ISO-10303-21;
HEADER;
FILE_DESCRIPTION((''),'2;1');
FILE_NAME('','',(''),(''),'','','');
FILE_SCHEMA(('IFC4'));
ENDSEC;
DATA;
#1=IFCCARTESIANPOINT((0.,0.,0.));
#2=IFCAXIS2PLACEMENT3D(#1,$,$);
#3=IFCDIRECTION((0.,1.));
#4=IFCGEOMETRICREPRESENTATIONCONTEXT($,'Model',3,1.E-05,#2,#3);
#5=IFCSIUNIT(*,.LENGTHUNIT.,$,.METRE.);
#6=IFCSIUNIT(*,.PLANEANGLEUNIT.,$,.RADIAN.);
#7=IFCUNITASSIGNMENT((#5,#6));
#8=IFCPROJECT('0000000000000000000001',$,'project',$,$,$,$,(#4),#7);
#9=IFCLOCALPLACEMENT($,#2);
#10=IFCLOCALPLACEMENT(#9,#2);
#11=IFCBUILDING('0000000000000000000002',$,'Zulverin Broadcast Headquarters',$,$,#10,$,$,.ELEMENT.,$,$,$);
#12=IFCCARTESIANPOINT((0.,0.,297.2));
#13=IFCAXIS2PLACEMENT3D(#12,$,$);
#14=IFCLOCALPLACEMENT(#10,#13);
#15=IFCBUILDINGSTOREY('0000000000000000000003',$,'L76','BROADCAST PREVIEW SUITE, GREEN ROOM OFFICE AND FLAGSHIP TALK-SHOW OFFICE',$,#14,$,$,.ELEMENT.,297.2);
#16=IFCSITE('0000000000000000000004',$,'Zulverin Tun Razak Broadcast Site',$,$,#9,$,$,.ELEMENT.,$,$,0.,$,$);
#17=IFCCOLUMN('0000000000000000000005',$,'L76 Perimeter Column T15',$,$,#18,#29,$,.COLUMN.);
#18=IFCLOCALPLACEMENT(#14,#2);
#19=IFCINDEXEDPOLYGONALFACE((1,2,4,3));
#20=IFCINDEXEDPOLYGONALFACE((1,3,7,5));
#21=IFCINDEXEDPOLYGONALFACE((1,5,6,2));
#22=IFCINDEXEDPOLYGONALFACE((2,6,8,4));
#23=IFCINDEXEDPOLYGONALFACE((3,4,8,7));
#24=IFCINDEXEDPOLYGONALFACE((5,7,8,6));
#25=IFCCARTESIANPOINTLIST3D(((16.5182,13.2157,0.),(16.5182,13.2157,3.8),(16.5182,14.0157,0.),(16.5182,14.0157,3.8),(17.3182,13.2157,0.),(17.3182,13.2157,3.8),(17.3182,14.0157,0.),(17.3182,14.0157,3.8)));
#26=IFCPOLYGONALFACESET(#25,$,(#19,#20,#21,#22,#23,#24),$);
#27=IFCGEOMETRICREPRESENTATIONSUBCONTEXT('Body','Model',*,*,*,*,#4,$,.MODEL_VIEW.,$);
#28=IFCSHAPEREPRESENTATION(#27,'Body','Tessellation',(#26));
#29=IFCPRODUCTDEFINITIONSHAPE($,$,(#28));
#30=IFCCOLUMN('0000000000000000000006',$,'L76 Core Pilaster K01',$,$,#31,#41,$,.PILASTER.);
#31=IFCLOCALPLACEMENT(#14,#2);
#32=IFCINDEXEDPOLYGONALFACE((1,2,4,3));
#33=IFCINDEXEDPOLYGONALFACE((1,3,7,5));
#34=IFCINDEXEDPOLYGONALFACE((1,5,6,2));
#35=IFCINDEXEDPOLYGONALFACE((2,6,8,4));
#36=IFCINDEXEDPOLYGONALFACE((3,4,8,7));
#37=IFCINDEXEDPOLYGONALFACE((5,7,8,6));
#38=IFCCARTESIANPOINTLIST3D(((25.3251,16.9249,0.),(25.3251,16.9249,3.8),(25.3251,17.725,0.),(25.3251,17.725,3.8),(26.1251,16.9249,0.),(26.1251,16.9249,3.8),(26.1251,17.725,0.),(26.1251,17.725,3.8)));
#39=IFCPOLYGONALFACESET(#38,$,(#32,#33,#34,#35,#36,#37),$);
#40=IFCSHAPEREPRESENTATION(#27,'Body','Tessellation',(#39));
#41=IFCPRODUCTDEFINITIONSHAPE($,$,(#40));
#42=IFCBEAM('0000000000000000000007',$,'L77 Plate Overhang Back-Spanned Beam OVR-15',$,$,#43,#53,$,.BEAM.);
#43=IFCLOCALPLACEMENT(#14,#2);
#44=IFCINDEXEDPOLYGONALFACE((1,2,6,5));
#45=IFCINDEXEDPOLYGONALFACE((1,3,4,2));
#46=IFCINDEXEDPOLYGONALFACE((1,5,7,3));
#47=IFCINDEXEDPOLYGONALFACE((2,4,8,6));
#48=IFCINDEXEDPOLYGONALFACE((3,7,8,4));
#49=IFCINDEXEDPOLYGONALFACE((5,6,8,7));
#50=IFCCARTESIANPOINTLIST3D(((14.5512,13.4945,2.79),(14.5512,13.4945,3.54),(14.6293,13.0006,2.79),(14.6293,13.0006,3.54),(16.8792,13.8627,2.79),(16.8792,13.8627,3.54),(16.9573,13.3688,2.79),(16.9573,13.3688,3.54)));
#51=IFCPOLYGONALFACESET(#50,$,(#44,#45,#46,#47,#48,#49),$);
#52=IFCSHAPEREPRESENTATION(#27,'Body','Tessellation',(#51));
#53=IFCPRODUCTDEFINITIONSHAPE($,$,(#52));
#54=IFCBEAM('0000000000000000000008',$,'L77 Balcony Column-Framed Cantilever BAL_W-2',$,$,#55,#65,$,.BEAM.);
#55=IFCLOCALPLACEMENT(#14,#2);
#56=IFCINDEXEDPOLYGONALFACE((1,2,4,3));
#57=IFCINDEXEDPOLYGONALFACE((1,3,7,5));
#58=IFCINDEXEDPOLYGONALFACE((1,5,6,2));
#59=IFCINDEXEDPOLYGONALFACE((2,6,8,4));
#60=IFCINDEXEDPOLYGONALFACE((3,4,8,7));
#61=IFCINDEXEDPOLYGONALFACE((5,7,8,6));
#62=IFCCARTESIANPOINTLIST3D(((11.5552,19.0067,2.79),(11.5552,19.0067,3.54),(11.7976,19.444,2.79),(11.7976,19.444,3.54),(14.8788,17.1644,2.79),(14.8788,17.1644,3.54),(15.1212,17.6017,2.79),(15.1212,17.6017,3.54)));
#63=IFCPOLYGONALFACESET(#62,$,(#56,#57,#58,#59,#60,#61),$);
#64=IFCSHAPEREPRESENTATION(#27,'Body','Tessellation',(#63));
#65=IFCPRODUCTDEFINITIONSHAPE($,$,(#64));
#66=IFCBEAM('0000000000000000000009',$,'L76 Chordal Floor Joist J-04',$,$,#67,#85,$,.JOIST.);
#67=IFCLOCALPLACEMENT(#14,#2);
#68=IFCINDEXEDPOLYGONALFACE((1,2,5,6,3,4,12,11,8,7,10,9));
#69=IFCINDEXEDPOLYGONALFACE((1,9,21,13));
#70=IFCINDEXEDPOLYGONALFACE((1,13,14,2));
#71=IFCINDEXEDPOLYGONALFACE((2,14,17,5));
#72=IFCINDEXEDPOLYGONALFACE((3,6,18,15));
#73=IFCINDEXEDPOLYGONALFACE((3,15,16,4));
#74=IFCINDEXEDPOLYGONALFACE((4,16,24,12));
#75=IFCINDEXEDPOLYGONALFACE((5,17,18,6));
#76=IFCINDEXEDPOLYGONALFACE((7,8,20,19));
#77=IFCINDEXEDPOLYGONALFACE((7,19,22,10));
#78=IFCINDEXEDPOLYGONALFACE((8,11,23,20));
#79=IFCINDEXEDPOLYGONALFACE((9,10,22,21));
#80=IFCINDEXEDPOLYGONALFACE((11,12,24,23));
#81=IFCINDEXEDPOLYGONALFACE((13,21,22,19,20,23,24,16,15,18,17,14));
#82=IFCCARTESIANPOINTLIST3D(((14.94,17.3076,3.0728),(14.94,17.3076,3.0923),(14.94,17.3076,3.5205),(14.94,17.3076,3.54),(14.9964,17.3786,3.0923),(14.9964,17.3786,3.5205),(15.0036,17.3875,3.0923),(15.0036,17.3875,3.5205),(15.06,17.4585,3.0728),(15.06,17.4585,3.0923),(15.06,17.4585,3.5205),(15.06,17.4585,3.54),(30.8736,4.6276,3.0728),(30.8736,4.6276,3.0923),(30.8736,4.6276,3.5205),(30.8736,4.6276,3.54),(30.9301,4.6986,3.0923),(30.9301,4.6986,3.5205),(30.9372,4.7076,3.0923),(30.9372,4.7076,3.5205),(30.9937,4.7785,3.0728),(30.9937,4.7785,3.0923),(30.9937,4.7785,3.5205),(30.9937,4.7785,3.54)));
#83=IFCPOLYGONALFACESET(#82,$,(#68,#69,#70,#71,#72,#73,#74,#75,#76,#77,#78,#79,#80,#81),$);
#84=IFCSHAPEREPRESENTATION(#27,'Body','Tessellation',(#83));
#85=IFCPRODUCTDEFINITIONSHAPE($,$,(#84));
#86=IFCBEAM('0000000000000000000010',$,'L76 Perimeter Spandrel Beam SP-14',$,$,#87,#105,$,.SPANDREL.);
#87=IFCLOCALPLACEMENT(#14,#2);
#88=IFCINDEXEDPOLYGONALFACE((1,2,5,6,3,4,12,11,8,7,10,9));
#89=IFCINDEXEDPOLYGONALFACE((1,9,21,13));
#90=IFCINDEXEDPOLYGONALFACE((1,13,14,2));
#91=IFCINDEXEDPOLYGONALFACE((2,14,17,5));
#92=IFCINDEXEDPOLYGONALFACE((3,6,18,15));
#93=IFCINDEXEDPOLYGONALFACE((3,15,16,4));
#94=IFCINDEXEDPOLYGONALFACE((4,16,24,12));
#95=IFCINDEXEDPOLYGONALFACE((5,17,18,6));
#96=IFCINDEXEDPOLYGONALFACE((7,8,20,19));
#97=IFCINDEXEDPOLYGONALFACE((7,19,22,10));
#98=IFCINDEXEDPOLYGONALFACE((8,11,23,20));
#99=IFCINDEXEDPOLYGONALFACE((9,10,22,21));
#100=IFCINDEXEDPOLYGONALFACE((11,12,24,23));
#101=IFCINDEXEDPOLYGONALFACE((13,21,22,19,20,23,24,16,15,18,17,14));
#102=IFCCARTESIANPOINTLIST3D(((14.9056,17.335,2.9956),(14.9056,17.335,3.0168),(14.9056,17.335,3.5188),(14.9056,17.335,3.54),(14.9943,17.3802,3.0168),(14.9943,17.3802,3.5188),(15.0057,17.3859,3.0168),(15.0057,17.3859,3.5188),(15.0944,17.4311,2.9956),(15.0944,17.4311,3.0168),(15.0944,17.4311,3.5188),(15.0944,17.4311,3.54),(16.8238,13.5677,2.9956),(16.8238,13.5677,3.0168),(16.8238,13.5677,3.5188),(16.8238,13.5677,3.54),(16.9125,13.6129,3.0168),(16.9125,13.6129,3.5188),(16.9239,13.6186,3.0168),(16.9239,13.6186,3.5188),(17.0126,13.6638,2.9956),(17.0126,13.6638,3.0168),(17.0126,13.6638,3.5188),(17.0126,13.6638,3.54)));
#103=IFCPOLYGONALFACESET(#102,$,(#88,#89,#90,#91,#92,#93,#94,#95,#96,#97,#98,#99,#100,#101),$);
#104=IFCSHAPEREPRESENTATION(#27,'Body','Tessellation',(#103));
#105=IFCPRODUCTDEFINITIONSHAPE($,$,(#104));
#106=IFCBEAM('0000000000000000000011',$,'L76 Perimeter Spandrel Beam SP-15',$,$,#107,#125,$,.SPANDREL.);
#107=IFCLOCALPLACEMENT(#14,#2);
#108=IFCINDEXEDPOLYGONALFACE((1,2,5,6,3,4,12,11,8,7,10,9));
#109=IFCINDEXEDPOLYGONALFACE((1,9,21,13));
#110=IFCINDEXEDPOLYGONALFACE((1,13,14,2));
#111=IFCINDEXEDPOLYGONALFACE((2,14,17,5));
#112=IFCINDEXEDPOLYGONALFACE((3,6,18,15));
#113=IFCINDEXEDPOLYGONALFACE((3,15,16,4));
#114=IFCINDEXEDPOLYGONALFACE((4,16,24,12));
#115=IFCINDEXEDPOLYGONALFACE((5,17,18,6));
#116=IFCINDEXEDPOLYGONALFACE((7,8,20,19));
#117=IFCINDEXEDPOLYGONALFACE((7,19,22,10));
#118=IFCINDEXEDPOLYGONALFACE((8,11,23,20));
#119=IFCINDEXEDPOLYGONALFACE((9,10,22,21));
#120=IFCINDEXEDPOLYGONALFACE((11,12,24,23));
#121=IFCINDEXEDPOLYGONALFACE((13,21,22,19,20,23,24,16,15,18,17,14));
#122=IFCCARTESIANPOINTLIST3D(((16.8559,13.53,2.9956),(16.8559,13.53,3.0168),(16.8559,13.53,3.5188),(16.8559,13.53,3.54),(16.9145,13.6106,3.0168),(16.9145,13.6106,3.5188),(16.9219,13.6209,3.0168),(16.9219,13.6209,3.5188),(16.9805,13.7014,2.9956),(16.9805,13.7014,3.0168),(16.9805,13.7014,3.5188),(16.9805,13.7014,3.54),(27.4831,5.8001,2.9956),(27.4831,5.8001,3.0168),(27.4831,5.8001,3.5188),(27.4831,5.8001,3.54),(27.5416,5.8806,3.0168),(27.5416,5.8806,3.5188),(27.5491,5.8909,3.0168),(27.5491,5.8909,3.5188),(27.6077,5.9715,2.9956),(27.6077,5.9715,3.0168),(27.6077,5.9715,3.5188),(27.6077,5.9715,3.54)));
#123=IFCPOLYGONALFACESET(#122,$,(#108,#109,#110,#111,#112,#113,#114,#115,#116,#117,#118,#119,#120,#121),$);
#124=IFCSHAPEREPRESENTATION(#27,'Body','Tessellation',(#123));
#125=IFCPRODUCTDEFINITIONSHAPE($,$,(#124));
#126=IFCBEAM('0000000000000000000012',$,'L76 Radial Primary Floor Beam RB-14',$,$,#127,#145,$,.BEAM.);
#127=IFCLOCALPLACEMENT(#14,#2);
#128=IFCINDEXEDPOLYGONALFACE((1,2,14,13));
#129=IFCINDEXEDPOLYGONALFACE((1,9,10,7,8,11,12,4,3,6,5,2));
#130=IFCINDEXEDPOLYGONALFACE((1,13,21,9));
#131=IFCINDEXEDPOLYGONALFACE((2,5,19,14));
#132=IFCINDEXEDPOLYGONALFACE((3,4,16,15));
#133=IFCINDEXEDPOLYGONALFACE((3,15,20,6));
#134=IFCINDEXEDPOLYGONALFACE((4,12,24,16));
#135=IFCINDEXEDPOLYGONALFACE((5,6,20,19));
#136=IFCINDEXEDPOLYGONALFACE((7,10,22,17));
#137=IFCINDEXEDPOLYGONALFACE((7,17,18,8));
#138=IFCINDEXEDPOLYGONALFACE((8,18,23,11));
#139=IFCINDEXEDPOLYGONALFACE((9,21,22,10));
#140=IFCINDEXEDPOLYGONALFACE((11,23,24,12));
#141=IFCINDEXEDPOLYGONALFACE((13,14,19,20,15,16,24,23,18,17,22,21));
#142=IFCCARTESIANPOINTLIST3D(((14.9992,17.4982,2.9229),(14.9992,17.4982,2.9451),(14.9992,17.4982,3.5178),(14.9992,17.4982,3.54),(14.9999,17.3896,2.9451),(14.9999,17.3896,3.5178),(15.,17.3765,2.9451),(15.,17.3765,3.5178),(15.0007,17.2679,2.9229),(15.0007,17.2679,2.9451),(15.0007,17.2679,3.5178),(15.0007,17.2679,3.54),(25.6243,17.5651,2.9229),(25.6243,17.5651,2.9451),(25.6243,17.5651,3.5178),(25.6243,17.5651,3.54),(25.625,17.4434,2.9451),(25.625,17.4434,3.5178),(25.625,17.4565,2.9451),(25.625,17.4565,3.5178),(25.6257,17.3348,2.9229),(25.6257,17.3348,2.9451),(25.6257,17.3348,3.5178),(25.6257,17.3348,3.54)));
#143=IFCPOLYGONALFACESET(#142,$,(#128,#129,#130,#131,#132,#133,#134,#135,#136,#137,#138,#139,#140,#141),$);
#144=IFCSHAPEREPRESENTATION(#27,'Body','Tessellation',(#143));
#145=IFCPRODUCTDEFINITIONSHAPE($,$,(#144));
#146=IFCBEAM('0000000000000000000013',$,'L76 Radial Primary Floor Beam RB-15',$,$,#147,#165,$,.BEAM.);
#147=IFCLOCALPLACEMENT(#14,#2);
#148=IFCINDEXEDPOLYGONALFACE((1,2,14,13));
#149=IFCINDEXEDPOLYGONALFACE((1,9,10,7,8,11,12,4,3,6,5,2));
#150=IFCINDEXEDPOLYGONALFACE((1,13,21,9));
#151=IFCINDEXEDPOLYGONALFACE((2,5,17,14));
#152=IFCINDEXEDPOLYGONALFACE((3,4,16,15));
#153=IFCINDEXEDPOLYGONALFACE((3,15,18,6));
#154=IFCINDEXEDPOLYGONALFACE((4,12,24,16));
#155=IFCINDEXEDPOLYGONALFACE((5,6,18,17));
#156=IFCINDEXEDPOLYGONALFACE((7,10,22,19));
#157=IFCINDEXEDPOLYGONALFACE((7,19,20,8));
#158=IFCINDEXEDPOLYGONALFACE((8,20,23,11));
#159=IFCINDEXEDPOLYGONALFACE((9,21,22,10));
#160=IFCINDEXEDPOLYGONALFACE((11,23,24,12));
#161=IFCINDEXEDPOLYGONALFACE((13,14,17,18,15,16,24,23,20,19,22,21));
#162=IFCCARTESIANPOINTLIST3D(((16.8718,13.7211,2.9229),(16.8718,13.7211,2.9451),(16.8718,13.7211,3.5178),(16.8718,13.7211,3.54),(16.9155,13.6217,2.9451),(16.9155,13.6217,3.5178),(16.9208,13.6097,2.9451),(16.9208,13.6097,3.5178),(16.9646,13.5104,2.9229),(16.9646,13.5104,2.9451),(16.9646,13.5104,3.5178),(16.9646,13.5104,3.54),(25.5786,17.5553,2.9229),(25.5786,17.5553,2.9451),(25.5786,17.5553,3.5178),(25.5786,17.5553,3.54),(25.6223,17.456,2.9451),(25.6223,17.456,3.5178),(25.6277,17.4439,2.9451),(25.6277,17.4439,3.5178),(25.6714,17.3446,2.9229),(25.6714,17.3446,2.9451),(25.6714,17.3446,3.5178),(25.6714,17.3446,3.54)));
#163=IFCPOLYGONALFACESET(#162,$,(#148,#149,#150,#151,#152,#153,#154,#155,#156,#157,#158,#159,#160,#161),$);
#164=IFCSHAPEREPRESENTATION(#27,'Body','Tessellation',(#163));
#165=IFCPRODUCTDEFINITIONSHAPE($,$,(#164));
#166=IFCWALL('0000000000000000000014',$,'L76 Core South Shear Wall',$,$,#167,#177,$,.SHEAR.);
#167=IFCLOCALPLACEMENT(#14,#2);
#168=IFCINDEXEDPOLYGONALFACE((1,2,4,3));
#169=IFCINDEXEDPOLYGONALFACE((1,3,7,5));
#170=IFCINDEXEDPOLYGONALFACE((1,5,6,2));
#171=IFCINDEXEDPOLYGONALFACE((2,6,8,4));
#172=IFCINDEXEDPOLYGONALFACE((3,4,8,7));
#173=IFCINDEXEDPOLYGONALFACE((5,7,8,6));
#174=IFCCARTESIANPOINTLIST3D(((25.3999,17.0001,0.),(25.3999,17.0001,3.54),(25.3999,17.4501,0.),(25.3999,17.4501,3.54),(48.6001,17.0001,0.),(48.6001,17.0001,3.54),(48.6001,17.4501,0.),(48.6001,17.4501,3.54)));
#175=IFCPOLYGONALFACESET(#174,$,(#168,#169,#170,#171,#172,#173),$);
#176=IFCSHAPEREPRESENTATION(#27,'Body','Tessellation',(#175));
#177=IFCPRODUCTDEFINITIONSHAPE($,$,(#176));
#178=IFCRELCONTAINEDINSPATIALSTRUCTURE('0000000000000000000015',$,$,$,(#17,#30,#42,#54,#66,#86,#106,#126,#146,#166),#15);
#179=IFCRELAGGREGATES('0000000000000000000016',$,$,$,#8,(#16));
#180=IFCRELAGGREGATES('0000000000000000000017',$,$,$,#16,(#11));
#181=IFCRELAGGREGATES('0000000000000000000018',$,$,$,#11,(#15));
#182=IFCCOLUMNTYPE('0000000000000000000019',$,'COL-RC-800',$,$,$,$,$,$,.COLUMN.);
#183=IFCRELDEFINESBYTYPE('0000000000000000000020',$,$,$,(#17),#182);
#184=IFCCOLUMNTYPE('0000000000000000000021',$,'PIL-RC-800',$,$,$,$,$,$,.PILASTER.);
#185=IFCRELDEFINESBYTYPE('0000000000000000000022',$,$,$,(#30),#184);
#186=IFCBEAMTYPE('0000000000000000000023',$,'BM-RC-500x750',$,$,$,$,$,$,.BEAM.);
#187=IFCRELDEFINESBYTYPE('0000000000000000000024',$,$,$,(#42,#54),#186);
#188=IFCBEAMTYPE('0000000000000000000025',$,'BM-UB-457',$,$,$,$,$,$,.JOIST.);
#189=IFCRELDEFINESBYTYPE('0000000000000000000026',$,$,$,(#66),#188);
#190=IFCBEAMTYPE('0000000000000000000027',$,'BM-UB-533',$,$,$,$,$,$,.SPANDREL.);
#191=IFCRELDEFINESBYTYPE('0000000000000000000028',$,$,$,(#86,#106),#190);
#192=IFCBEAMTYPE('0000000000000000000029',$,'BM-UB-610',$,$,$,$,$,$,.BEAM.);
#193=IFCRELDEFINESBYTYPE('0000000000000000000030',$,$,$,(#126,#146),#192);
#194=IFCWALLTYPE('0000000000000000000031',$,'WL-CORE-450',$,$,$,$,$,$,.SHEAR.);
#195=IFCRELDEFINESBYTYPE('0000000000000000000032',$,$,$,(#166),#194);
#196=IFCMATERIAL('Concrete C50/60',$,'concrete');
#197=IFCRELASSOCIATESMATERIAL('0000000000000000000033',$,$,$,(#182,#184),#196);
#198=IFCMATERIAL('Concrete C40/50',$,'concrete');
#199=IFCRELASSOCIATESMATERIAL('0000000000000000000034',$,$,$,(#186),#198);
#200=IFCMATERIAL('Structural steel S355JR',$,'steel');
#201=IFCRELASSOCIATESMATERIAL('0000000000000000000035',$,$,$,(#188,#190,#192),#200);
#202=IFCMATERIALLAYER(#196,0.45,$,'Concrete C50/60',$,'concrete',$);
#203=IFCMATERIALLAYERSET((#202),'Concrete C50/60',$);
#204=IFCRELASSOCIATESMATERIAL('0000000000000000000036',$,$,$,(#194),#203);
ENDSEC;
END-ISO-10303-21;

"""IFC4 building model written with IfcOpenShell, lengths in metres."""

from ifc_helpers import new_model, si_unit, direction, frame, frame_2d, origin, origin_2d, place, context, subcontext, project, spatial, rectangle, i_section, extrude, material, layer, layer_set, material_profile, profile_set, type_object, element, save


model = new_model("IFC4")

# Units and contexts
model_context = context("Model", 3, precision=1e-05, world=origin(), true_north=direction((0.0, 1.0)))
body_context = subcontext(model_context, "Body", "Model", "MODEL_VIEW")
ifc_project = project(units=[si_unit("LENGTHUNIT", "METRE"), si_unit("PLANEANGLEUNIT", "RADIAN")], contexts=[model_context])

# Site, building, storey
site_placement = place(None, origin())
site = spatial("IfcSite", under=ifc_project, at=site_placement, Name="Zulverin Tun Razak Broadcast Site", CompositionType="ELEMENT", RefElevation=0.0)
building_placement = place(site_placement, origin())
building = spatial("IfcBuilding", under=site, at=building_placement, Name="Zulverin Broadcast Headquarters", CompositionType="ELEMENT")
storey_placement = place(building_placement, frame((0.0, 0.0, 297.2)))
storey = spatial("IfcBuildingStorey", under=building, at=storey_placement, Name="L76", Description="BROADCAST PREVIEW SUITE, GREEN ROOM OFFICE AND FLAGSHIP TALK-SHOW OFFICE", CompositionType="ELEMENT", Elevation=297.2)

# Columns
ifc_material_1 = material(Name="Concrete C50/60", Category="concrete")
ifc_material_profile_1 = material_profile(ifc_material_1, rectangle(XDim=0.8, YDim=0.8, at=origin_2d()), Name="Concrete C50/60", Category="concrete")
ifc_profile_set_1 = profile_set([ifc_material_profile_1], Name="Concrete C50/60")
column_type_1 = type_object("IfcColumnType", Name="COL-RC-800", PredefinedType="COLUMN", material=ifc_profile_set_1)
column_1_placement = place(storey_placement, frame((16.9182, 13.6157, 0.0), z_axis=(0.0, 0.0, 1.0), x_axis=(1.0, 0.0, 0.0)))
element("IfcColumn", 1, at=column_1_placement, inside=storey, type_object=column_type_1, Name="L76 Perimeter Column T15", PredefinedType="COLUMN", context=body_context, shape_type="SweptSolid", body=[
    extrude(rectangle(XDim=0.8, YDim=0.8, at=origin_2d()), origin(), (0.0, 0.0, 1.0), 3.8),
])
ifc_material_profile_2 = material_profile(ifc_material_1, rectangle(XDim=0.8, YDim=0.8, at=origin_2d()), Name="Concrete C50/60", Category="concrete")
ifc_profile_set_2 = profile_set([ifc_material_profile_2], Name="Concrete C50/60")
column_type_2 = type_object("IfcColumnType", Name="PIL-RC-800", PredefinedType="PILASTER", material=ifc_profile_set_2)
column_2_placement = place(storey_placement, frame((25.7251, 17.325, 0.0), z_axis=(0.0, 0.0, 1.0), x_axis=(1.0, 0.0, 0.0)))
element("IfcColumn", 2, at=column_2_placement, inside=storey, type_object=column_type_2, Name="L76 Core Pilaster K01", PredefinedType="PILASTER", context=body_context, shape_type="SweptSolid", body=[
    extrude(rectangle(XDim=0.8, YDim=0.8, at=origin_2d()), origin(), (0.0, 0.0, 1.0), 3.8),
])

# Beams
ifc_material_2 = material(Name="Concrete C40/50", Category="concrete")
ifc_material_profile_3 = material_profile(ifc_material_2, rectangle(XDim=0.5, YDim=0.75, at=origin_2d()), Name="Concrete C40/50", Category="concrete")
ifc_profile_set_3 = profile_set([ifc_material_profile_3], Name="Concrete C40/50")
beam_type_1 = type_object("IfcBeamType", Name="BM-RC-500x750", PredefinedType="BEAM", material=ifc_profile_set_3)
beam_1_placement = place(storey_placement, frame((16.9182, 13.6157, 3.165), z_axis=(-0.987723, -0.156213, 0.0), x_axis=(0.156213, -0.987723, 0.0)))
element("IfcBeam", 3, at=beam_1_placement, inside=storey, type_object=beam_type_1, Name="L77 Plate Overhang Back-Spanned Beam OVR-15", PredefinedType="BEAM", context=body_context, shape_type="SweptSolid", body=[
    extrude(rectangle(XDim=0.5, YDim=0.75, at=origin_2d()), origin(), (0.0, 0.0, 1.0), 2.3569),
])
beam_2_placement = place(storey_placement, frame((15.0, 17.3831, 3.165), z_axis=(-0.874615, 0.484819, 0.0), x_axis=(-0.484819, -0.874615, 0.0)))
element("IfcBeam", 4, at=beam_2_placement, inside=storey, type_object=beam_type_1, Name="L77 Balcony Column-Framed Cantilever BAL_W-2", PredefinedType="BEAM", context=body_context, shape_type="SweptSolid", body=[
    extrude(rectangle(XDim=0.5, YDim=0.75, at=origin_2d()), origin(), (0.0, 0.0, 1.0), 3.8),
])
ifc_material_3 = material(Name="Structural steel S355JR", Category="steel")
ifc_material_profile_4 = material_profile(ifc_material_3, i_section(OverallWidth=0.1929, OverallDepth=0.4673, WebThickness=0.0115, FlangeThickness=0.0195, at=origin_2d()), Name="Structural steel S355JR", Category="steel")
ifc_profile_set_4 = profile_set([ifc_material_profile_4], Name="Structural steel S355JR")
beam_type_2 = type_object("IfcBeamType", Name="BM-UB-457", PredefinedType="JOIST", material=ifc_profile_set_4)
beam_3_placement = place(storey_placement, frame((15.0, 17.3831, 3.3064), z_axis=(0.78247, -0.622688, 0.0), x_axis=(0.622688, 0.78247, 0.0)))
element("IfcBeam", 5, at=beam_3_placement, inside=storey, type_object=beam_type_2, Name="L76 Chordal Floor Joist J-04", PredefinedType="JOIST", context=body_context, shape_type="SweptSolid", body=[
    extrude(i_section(OverallWidth=0.1929, OverallDepth=0.4673, WebThickness=0.0115, FlangeThickness=0.0195, at=origin_2d()), origin(), (0.0, 0.0, 1.0), 20.3633),
])
ifc_material_profile_5 = material_profile(ifc_material_3, i_section(OverallWidth=0.2119, OverallDepth=0.5444, WebThickness=0.0127, FlangeThickness=0.0212, at=origin_2d()), Name="Structural steel S355JR", Category="steel")
ifc_profile_set_5 = profile_set([ifc_material_profile_5], Name="Structural steel S355JR")
beam_type_3 = type_object("IfcBeamType", Name="BM-UB-533", PredefinedType="SPANDREL", material=ifc_profile_set_5)
beam_4_placement = place(storey_placement, frame((15.0, 17.3831, 3.2678), z_axis=(0.453739, -0.891135, 0.0), x_axis=(0.891135, 0.453739, 0.0)))
element("IfcBeam", 6, at=beam_4_placement, inside=storey, type_object=beam_type_3, Name="L76 Perimeter Spandrel Beam SP-14", PredefinedType="SPANDREL", context=body_context, shape_type="SweptSolid", body=[
    extrude(i_section(OverallWidth=0.2119, OverallDepth=0.5444, WebThickness=0.0127, FlangeThickness=0.0212, at=origin_2d()), origin(), (0.0, 0.0, 1.0), 4.2275),
])
beam_5_placement = place(storey_placement, frame((16.9182, 13.6157, 3.2678), z_axis=(0.808696, -0.588227, 0.0), x_axis=(0.588227, 0.808696, 0.0)))
element("IfcBeam", 7, at=beam_5_placement, inside=storey, type_object=beam_type_3, Name="L76 Perimeter Spandrel Beam SP-15", PredefinedType="SPANDREL", context=body_context, shape_type="SweptSolid", body=[
    extrude(i_section(OverallWidth=0.2119, OverallDepth=0.5444, WebThickness=0.0127, FlangeThickness=0.0212, at=origin_2d()), origin(), (0.0, 0.0, 1.0), 13.1411),
])
ifc_material_profile_6 = material_profile(ifc_material_3, i_section(OverallWidth=0.2302, OverallDepth=0.6172, WebThickness=0.0132, FlangeThickness=0.0222, at=origin_2d()), Name="Structural steel S355JR", Category="steel")
ifc_profile_set_6 = profile_set([ifc_material_profile_6], Name="Structural steel S355JR")
beam_type_4 = type_object("IfcBeamType", Name="BM-UB-610", PredefinedType="BEAM", material=ifc_profile_set_6)
beam_6_placement = place(storey_placement, frame((25.625, 17.45, 3.2314), z_axis=(-0.99998, -0.006296, 0.0), x_axis=(0.006296, -0.99998, 0.0)))
element("IfcBeam", 8, at=beam_6_placement, inside=storey, type_object=beam_type_4, Name="L76 Radial Primary Floor Beam RB-14", PredefinedType="BEAM", context=body_context, shape_type="SweptSolid", body=[
    extrude(i_section(OverallWidth=0.2302, OverallDepth=0.6172, WebThickness=0.0132, FlangeThickness=0.0222, at=origin_2d()), origin(), (0.0, 0.0, 1.0), 10.6252),
])
beam_7_placement = place(storey_placement, frame((25.625, 17.45, 3.2314), z_axis=(-0.915189, -0.403024, 0.0), x_axis=(0.403024, -0.915189, 0.0)))
element("IfcBeam", 9, at=beam_7_placement, inside=storey, type_object=beam_type_4, Name="L76 Radial Primary Floor Beam RB-15", PredefinedType="BEAM", context=body_context, shape_type="SweptSolid", body=[
    extrude(i_section(OverallWidth=0.2302, OverallDepth=0.6172, WebThickness=0.0132, FlangeThickness=0.0222, at=origin_2d()), origin(), (0.0, 0.0, 1.0), 9.5137),
])

# Wall
ifc_layer_1 = layer(ifc_material_1, 0.45, Name="Concrete C50/60", Category="concrete")
ifc_layer_set_1 = layer_set([ifc_layer_1], Name="Concrete C50/60")
wall_type_1 = type_object("IfcWallType", Name="WL-CORE-450", PredefinedType="SHEAR", material=ifc_layer_set_1)
wall_1_placement = place(storey_placement, frame((25.3999, 17.2251, 0.0), z_axis=(0.0, 0.0, 1.0), x_axis=(1.0, 0.0, 0.0)))
element("IfcWall", 10, at=wall_1_placement, inside=storey, type_object=wall_type_1, Name="L76 Core South Shear Wall", PredefinedType="SHEAR", context=body_context, shape_type="SweptSolid", body=[
    extrude(rectangle(XDim=23.2002, YDim=0.45, at=frame_2d((11.6001, 0.0))), origin(), (0.0, 0.0, 1.0), 3.54),
])

save(model, "model.ifc")
